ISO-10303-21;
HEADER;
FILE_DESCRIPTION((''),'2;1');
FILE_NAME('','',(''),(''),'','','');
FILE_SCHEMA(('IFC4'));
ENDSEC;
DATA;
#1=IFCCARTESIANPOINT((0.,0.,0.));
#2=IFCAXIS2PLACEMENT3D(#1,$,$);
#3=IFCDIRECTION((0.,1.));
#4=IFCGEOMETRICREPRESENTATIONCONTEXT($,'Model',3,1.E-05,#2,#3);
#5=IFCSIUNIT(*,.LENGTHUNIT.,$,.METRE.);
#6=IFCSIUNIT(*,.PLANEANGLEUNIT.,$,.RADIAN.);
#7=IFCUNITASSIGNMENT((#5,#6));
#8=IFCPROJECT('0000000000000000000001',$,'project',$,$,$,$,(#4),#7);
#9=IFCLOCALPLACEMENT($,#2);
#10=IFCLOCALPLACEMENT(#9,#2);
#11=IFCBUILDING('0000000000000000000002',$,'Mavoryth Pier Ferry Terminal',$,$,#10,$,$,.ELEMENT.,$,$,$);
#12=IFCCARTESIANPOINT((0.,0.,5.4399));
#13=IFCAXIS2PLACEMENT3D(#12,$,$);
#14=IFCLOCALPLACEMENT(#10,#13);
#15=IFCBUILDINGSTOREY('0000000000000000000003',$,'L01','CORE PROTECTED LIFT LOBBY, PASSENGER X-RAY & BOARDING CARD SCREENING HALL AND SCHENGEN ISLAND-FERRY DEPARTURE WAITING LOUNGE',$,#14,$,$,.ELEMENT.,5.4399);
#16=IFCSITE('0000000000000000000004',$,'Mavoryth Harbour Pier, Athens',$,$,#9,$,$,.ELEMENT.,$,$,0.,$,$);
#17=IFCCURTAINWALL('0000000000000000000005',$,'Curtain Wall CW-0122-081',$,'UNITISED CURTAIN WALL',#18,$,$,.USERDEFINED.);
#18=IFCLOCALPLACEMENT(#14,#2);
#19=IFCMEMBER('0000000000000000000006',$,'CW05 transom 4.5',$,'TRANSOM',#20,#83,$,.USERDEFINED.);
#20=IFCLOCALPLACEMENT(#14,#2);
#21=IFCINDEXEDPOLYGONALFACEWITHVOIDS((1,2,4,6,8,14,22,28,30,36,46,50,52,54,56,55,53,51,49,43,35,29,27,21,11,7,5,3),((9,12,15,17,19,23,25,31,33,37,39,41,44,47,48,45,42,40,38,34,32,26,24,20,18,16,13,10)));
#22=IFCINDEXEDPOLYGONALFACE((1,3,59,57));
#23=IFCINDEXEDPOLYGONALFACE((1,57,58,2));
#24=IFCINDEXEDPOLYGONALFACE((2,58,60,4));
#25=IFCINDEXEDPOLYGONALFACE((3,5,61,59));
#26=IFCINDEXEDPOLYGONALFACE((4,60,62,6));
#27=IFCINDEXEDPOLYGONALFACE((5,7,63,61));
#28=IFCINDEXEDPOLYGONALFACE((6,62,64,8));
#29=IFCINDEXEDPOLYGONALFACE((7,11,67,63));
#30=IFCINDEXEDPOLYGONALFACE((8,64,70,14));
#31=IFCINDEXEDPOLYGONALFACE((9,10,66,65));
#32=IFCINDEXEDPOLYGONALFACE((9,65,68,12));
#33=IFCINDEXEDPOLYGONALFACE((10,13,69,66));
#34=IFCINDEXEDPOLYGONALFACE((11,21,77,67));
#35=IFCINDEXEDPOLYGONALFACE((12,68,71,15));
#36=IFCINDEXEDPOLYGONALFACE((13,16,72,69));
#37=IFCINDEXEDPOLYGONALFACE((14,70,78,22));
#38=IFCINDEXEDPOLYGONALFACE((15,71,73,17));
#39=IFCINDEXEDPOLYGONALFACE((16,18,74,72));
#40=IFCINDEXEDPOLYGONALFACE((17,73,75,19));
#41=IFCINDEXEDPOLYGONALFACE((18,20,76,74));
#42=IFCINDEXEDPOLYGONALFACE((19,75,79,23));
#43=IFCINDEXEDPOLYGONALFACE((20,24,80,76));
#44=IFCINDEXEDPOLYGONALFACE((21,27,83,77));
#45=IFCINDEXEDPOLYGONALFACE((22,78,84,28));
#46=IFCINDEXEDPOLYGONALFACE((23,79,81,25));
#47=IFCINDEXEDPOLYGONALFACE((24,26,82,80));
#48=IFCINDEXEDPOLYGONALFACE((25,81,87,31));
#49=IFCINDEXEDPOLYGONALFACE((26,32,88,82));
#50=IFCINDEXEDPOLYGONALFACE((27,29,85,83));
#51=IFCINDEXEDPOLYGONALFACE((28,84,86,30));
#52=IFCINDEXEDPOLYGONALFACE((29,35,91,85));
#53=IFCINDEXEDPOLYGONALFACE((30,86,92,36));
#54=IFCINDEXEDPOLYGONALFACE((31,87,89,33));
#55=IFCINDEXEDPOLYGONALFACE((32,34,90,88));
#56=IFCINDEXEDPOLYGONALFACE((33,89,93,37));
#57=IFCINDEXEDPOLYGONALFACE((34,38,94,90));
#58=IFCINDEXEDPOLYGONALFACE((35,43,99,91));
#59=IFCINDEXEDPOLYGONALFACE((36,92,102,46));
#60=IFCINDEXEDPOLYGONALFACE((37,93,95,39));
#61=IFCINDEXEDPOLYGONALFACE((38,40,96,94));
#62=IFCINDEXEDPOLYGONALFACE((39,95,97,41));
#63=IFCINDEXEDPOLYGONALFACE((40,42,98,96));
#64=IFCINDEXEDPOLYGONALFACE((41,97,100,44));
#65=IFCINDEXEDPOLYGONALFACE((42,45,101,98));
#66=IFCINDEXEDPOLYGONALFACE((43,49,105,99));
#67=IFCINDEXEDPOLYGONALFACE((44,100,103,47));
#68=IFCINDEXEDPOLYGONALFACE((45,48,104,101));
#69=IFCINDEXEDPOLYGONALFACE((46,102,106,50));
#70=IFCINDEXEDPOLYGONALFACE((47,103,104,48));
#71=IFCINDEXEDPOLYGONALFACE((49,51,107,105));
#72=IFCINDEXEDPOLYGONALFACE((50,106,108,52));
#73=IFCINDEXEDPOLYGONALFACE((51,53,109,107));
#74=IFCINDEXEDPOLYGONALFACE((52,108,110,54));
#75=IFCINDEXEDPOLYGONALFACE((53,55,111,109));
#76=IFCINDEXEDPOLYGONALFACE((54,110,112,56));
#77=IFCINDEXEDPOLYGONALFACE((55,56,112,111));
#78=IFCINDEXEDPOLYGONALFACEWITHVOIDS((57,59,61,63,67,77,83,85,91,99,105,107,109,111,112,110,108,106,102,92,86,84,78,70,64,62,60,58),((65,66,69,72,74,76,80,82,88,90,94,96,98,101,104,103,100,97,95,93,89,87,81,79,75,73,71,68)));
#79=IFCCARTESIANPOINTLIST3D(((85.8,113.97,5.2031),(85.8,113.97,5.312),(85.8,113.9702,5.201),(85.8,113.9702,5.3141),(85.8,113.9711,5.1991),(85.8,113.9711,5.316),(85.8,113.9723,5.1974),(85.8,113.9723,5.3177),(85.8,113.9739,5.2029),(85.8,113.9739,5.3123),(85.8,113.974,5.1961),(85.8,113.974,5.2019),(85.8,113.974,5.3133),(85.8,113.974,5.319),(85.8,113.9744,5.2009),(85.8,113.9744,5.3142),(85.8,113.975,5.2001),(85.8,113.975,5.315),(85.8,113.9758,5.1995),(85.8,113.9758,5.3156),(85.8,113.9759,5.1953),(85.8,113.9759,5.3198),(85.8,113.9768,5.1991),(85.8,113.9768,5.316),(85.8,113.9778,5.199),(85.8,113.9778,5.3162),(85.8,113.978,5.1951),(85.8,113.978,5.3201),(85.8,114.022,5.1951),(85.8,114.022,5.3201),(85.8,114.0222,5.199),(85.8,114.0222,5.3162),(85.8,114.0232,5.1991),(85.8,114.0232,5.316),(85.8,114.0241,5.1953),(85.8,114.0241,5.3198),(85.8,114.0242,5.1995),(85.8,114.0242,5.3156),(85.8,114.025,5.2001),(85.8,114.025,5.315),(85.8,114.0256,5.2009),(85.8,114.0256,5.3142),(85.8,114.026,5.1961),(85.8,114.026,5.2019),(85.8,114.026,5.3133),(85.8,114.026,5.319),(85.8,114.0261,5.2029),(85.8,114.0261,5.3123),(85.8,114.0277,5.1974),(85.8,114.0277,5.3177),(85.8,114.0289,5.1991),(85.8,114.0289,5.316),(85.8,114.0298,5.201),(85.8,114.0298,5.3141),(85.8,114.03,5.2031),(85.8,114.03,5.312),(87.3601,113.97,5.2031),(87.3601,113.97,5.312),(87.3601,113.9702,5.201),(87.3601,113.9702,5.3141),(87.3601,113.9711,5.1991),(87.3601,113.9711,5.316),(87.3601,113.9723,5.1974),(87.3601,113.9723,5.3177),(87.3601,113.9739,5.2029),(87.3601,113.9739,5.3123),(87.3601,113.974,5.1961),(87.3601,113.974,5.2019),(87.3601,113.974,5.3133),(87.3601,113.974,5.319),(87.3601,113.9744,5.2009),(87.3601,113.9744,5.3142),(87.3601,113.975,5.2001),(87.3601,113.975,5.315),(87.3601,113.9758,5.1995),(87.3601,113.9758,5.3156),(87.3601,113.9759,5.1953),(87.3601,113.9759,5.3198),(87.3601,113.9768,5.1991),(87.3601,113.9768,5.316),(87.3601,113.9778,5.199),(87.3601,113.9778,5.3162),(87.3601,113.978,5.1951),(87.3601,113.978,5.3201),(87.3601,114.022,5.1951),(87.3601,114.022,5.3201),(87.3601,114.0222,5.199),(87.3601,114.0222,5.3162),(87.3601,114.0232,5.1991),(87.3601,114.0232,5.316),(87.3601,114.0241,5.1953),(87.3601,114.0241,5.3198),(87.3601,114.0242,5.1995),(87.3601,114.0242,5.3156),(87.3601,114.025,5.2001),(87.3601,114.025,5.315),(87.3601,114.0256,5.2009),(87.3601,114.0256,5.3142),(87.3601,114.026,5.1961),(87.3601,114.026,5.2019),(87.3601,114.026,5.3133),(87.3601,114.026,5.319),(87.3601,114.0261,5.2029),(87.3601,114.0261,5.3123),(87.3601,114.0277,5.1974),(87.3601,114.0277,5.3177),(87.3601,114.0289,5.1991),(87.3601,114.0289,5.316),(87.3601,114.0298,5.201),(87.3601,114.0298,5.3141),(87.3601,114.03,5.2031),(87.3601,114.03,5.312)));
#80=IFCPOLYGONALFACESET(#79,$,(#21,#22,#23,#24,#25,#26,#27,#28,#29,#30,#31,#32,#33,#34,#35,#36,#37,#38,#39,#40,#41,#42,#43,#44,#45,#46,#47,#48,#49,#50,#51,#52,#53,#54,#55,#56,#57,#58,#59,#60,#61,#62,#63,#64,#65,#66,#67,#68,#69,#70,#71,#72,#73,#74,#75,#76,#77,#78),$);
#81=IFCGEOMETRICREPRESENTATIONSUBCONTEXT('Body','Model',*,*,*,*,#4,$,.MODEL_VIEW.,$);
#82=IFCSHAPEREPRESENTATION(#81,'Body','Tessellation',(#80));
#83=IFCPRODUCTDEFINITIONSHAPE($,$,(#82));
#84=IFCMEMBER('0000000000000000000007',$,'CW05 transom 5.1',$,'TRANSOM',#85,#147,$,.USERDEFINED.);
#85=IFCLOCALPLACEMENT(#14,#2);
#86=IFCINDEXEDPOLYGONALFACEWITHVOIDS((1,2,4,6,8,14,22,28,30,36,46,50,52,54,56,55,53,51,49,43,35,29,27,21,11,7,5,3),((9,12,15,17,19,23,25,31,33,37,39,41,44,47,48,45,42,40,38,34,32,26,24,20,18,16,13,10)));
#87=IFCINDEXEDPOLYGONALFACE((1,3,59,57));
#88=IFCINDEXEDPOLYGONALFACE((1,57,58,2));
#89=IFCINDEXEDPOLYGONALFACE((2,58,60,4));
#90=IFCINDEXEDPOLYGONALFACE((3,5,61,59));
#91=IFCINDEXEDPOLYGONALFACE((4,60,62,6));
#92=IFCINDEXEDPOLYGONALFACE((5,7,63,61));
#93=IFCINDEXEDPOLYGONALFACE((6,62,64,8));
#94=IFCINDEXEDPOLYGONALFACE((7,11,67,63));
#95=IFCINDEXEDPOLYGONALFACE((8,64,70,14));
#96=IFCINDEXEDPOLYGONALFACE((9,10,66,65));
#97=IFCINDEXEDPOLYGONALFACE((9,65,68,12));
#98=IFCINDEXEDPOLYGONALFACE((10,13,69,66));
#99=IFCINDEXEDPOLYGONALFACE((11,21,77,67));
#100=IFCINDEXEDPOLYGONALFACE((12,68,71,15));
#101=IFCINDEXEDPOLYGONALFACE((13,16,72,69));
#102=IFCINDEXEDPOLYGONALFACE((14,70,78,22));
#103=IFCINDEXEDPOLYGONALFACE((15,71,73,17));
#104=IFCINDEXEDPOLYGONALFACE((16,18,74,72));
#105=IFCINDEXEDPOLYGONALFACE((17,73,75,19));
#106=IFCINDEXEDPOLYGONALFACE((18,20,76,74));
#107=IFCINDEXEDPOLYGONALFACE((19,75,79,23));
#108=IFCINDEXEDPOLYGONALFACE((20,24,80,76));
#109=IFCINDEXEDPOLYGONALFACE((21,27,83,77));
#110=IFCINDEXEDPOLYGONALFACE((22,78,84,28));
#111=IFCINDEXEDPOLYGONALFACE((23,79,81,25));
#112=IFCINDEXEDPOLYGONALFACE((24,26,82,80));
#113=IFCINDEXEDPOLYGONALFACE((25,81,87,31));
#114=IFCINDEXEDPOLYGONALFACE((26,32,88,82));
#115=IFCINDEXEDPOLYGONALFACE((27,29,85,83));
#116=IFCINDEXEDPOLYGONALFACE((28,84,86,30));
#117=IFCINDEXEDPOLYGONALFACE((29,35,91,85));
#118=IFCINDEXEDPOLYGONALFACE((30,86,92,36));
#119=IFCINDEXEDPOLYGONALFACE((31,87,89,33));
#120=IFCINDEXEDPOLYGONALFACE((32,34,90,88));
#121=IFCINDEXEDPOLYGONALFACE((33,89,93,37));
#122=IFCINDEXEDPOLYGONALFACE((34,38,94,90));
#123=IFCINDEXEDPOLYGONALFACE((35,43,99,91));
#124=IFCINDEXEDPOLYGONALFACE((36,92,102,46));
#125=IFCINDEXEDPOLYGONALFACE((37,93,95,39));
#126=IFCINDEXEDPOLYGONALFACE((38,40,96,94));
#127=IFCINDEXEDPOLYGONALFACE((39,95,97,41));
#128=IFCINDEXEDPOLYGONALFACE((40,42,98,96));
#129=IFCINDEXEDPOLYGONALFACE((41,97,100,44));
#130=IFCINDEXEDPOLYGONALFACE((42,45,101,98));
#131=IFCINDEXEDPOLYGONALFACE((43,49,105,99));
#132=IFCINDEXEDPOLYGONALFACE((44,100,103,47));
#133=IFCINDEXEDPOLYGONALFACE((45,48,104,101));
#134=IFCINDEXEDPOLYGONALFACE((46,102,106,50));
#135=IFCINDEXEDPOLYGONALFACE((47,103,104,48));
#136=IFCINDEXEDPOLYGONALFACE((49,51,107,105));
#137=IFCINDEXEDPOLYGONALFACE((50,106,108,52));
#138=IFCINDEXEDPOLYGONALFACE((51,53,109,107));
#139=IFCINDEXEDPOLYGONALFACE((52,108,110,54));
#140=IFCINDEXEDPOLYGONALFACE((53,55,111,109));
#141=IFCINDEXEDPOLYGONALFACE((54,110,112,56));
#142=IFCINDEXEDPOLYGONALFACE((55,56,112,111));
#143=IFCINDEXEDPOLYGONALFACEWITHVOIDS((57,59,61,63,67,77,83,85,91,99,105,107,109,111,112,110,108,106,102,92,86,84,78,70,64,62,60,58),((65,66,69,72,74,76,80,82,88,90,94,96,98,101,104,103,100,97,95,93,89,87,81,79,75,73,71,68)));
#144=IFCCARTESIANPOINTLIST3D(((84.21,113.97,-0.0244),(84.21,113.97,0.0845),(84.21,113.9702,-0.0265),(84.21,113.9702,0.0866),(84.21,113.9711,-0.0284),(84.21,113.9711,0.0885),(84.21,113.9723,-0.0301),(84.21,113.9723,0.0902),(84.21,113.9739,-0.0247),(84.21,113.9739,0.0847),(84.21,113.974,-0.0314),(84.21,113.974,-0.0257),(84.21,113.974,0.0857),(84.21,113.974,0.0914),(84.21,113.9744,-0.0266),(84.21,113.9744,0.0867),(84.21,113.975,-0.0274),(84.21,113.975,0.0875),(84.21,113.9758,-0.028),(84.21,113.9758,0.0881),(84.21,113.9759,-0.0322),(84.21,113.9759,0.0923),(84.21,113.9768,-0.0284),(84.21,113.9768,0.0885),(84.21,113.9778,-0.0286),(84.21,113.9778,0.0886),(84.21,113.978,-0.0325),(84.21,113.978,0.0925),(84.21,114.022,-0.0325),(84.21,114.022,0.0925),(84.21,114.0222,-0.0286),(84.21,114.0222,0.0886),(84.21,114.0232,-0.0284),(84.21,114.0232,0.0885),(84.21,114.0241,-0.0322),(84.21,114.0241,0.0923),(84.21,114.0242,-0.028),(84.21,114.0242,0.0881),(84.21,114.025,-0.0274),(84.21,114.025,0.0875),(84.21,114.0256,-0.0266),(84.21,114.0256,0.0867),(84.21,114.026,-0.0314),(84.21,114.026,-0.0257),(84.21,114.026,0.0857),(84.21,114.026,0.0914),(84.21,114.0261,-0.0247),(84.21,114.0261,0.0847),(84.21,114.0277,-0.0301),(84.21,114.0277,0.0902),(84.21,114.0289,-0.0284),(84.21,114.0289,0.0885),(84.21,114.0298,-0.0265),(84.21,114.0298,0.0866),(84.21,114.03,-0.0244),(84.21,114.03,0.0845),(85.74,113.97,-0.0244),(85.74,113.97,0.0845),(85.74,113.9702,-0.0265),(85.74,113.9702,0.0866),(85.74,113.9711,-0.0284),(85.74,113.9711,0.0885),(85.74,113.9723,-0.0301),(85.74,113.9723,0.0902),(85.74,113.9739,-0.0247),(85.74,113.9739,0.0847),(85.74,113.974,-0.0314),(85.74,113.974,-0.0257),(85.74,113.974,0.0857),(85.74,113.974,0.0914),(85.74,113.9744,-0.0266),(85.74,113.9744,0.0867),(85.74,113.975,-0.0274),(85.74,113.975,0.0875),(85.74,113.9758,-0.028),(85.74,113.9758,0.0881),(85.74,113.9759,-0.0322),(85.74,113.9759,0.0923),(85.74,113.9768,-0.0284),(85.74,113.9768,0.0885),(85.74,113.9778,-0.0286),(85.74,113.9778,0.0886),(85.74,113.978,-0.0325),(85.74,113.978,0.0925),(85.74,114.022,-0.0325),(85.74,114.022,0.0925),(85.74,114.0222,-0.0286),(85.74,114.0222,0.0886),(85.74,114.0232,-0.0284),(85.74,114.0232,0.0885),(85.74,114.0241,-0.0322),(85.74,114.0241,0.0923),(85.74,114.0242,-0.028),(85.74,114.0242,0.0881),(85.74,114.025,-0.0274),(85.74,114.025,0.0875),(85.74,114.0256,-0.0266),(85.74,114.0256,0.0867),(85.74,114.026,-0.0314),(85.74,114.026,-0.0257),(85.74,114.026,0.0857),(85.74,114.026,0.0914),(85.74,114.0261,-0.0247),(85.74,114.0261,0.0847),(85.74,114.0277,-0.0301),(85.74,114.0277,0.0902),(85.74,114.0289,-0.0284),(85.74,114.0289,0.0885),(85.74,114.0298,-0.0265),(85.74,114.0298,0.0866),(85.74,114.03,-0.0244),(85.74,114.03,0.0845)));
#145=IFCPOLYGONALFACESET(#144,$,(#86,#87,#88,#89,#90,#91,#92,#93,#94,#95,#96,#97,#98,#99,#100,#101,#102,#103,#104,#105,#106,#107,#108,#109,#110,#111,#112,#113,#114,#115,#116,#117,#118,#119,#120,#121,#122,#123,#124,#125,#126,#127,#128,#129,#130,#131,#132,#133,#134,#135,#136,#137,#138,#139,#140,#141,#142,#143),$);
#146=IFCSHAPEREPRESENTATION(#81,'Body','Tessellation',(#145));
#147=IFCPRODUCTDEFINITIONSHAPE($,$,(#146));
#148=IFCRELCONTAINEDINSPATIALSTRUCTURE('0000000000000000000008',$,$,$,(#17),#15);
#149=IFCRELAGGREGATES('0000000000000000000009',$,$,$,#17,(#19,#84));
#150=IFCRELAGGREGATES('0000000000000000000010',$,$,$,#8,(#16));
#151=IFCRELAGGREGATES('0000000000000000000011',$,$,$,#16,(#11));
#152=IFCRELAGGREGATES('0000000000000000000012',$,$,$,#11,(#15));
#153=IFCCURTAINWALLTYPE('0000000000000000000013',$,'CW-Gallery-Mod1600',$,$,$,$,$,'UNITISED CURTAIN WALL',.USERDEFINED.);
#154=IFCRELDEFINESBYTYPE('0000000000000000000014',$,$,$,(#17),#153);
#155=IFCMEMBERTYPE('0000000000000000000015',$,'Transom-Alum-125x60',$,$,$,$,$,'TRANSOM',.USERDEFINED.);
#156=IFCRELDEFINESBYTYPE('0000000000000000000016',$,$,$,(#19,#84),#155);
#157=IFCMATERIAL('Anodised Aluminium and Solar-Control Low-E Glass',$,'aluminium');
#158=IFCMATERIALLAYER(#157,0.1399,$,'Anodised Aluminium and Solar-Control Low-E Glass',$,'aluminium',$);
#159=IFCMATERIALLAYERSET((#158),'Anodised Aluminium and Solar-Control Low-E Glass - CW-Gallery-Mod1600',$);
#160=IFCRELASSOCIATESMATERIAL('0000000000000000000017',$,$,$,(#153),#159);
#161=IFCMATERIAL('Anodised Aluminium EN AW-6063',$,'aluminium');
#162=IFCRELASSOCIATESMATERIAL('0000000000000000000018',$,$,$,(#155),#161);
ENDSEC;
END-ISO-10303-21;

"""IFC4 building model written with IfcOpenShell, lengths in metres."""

from ifc_helpers import new_model, si_unit, direction, frame, origin, origin_2d, place, context, subcontext, project, spatial, hollow_rectangle, extrude, material, layer, layer_set, material_profile, profile_set, type_object, element, aggregate, save


model = new_model("IFC4")

# Units and contexts
model_context = context("Model", 3, precision=1e-05, world=origin(), true_north=direction((0.0, 1.0)))
body_context = subcontext(model_context, "Body", "Model", "MODEL_VIEW")
ifc_project = project(units=[si_unit("LENGTHUNIT", "METRE"), si_unit("PLANEANGLEUNIT", "RADIAN")], contexts=[model_context])

# Site, building, storey
site_placement = place(None, origin())
site = spatial("IfcSite", under=ifc_project, at=site_placement, Name="Mavoryth Harbour Pier, Athens", CompositionType="ELEMENT", RefElevation=0.0)
building_placement = place(site_placement, origin())
building = spatial("IfcBuilding", under=site, at=building_placement, Name="Mavoryth Pier Ferry Terminal", CompositionType="ELEMENT")
storey_placement = place(building_placement, frame((0.0, 0.0, 5.4399)))
storey = spatial("IfcBuildingStorey", under=building, at=storey_placement, Name="L01", Description="CORE PROTECTED LIFT LOBBY, PASSENGER X-RAY & BOARDING CARD SCREENING HALL AND SCHENGEN ISLAND-FERRY DEPARTURE WAITING LOUNGE", CompositionType="ELEMENT", Elevation=5.4399)

# Curtain wall, members
ifc_material_1 = material(Name="Anodised Aluminium and Solar-Control Low-E Glass", Category="aluminium")
ifc_layer_1 = layer(ifc_material_1, 0.1399, Name="Anodised Aluminium and Solar-Control Low-E Glass", Category="aluminium")
ifc_layer_set_1 = layer_set([ifc_layer_1], Name="Anodised Aluminium and Solar-Control Low-E Glass - CW-Gallery-Mod1600")
curtain_wall_type = type_object("IfcCurtainWallType", Name="CW-Gallery-Mod1600", ElementType="UNITISED CURTAIN WALL", PredefinedType="USERDEFINED", material=ifc_layer_set_1)
curtain_wall_placement = place(storey_placement, origin())
curtain_wall = element("IfcCurtainWall", 1, at=curtain_wall_placement, inside=storey, type_object=curtain_wall_type, Name="Curtain Wall CW-0122-081", ObjectType="UNITISED CURTAIN WALL", PredefinedType="USERDEFINED")
ifc_material_2 = material(Name="Anodised Aluminium EN AW-6063", Category="aluminium")
ifc_material_profile_1 = material_profile(ifc_material_2, hollow_rectangle(XDim=0.0601, YDim=0.125, WallThickness=0.0039, InnerFilletRadius=0.0039, OuterFilletRadius=0.0081, at=origin_2d()), Name="AL-TRAN 125x60x4", Category="aluminium")
ifc_profile_set_1 = profile_set([ifc_material_profile_1], Name="Anodised Aluminium EN AW-6063 - AL-TRAN 125x60x4")
member_type_1 = type_object("IfcMemberType", Name="Transom-Alum-125x60", ElementType="TRANSOM", PredefinedType="USERDEFINED", material=ifc_profile_set_1)
member_1_placement = place(storey_placement, frame((87.3601, 114.0, 5.2576), z_axis=(-1.0, 0.0, 0.0), x_axis=(0.0, -1.0, 0.0)))
member_1 = element("IfcMember", 2, at=member_1_placement, type_object=member_type_1, Name="CW05 transom 4.5", ObjectType="TRANSOM", PredefinedType="USERDEFINED", context=body_context, shape_type="SweptSolid", body=[
    extrude(hollow_rectangle(XDim=0.0601, YDim=0.125, WallThickness=0.0039, InnerFilletRadius=0.0039, OuterFilletRadius=0.0081, at=origin_2d()), origin(), (0.0, 0.0, 1.0), 1.5601),
])
member_2_placement = place(storey_placement, frame((85.74, 114.0, 0.03), z_axis=(-1.0, 0.0, 0.0), x_axis=(0.0, -1.0, 0.0)))
member_2 = element("IfcMember", 3, at=member_2_placement, type_object=member_type_1, Name="CW05 transom 5.1", ObjectType="TRANSOM", PredefinedType="USERDEFINED", context=body_context, shape_type="SweptSolid", body=[
    extrude(hollow_rectangle(XDim=0.0601, YDim=0.125, WallThickness=0.0039, InnerFilletRadius=0.0039, OuterFilletRadius=0.0081, at=origin_2d()), origin(), (0.0, 0.0, 1.0), 1.53),
])
aggregate(curtain_wall, [member_1, member_2])

save(model, "model.ifc")
